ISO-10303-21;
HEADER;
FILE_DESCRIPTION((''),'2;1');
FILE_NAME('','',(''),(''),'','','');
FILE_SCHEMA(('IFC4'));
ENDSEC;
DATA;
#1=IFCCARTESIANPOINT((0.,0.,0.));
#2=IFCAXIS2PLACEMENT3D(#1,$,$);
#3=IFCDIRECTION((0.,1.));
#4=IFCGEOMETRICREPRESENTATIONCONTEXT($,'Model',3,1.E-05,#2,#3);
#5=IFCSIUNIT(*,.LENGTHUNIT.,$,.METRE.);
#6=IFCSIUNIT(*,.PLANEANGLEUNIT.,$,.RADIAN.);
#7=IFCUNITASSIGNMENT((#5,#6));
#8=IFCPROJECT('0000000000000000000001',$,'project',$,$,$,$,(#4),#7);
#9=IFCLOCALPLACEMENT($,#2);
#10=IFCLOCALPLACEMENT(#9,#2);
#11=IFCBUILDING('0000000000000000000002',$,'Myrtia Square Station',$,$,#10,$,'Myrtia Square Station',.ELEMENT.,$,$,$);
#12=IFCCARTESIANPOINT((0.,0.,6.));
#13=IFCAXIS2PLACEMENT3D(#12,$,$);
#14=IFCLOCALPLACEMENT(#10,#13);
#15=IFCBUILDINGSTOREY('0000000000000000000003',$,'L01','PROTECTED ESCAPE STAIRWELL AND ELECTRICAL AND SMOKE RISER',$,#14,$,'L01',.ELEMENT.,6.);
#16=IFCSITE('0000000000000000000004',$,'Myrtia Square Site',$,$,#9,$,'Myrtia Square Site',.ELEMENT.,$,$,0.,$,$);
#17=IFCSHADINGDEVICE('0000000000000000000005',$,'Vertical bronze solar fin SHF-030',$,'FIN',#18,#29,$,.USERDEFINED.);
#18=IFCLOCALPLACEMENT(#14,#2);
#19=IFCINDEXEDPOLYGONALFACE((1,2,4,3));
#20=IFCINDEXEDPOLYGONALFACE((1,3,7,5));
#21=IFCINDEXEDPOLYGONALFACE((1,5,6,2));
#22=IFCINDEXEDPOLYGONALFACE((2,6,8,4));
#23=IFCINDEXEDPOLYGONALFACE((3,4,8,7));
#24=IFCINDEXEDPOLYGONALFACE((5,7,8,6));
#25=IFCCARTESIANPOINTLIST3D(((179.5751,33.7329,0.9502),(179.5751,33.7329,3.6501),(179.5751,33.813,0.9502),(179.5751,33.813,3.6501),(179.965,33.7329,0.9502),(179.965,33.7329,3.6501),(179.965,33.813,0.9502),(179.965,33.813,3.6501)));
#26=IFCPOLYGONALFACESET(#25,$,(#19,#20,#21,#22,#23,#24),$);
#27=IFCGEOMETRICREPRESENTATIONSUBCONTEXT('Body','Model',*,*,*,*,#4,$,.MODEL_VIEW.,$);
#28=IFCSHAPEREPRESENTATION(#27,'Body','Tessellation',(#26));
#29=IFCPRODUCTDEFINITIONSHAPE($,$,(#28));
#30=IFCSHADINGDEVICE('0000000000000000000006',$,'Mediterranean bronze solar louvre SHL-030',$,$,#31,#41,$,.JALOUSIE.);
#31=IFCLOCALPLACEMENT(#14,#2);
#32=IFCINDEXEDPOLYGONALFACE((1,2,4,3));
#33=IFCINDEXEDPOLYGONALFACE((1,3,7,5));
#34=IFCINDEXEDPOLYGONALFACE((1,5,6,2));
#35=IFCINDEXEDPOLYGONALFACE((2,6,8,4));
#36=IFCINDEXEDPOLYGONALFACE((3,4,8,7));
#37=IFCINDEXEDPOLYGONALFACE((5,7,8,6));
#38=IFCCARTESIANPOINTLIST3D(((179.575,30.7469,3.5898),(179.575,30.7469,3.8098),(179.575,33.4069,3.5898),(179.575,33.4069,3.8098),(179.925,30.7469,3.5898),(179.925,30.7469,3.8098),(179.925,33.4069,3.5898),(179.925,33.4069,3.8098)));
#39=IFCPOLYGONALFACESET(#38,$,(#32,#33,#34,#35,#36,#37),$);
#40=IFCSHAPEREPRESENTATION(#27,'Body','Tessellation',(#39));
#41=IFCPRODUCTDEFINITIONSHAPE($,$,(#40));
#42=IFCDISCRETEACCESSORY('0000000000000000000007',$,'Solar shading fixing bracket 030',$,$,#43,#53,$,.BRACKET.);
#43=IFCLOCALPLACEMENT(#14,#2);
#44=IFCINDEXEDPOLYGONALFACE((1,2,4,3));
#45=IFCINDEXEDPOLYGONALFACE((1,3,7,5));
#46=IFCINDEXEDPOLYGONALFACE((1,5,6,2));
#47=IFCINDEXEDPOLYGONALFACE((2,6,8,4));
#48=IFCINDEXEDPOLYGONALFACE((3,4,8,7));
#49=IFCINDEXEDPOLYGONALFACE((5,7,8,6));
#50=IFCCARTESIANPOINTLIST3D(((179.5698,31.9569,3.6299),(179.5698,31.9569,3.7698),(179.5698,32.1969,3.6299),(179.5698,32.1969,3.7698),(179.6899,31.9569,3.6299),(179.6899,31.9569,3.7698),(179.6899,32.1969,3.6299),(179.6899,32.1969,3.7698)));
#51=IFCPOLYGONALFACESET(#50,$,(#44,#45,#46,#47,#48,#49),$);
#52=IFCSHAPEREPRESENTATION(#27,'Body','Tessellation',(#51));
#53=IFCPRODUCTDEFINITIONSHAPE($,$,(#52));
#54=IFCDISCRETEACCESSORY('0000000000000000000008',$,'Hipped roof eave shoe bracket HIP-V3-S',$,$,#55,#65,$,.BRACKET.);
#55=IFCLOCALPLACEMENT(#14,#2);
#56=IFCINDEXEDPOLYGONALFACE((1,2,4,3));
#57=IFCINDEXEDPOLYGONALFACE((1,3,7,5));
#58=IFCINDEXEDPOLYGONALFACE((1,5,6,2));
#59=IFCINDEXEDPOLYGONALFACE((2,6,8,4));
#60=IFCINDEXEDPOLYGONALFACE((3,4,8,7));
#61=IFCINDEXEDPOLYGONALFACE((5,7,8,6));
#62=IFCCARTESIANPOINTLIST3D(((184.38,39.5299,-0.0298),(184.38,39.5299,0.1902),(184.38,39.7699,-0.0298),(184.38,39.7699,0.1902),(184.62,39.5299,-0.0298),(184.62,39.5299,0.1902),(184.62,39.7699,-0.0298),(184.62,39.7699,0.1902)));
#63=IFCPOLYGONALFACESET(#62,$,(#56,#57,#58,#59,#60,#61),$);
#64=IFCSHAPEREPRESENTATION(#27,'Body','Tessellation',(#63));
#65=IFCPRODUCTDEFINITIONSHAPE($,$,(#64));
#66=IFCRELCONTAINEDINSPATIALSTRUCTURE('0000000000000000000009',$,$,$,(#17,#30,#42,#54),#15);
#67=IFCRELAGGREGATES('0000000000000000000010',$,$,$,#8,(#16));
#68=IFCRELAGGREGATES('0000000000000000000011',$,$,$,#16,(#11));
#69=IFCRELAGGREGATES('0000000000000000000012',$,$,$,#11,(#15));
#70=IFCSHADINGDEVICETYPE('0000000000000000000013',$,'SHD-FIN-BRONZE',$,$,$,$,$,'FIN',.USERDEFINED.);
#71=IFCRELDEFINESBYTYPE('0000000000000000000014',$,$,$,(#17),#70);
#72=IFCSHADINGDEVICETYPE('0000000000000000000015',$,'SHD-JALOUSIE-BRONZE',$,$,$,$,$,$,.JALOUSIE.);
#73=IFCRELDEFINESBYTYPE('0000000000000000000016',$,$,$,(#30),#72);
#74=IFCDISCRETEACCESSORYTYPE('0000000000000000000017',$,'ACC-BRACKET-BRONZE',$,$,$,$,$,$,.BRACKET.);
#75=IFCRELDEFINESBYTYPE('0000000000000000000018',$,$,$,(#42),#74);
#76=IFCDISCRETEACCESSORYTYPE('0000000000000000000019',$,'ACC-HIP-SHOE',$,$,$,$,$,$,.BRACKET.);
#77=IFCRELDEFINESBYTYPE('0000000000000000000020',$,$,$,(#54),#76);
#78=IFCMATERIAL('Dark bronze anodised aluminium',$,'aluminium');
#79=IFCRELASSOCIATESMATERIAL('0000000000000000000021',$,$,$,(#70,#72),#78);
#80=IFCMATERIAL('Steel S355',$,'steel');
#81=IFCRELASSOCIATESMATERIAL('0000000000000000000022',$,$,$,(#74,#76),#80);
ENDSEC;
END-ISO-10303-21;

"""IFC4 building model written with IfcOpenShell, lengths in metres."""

from ifc_helpers import new_model, si_unit, direction, frame, origin, origin_2d, place, context, subcontext, project, spatial, rectangle, extrude, material, type_object, element, save


model = new_model("IFC4")

# Units and contexts
model_context = context("Model", 3, precision=1e-05, world=origin(), true_north=direction((0.0, 1.0)))
body_context = subcontext(model_context, "Body", "Model", "MODEL_VIEW")
ifc_project = project(units=[si_unit("LENGTHUNIT", "METRE"), si_unit("PLANEANGLEUNIT", "RADIAN")], contexts=[model_context])

# Site, building, storey
site_placement = place(None, origin())
site = spatial("IfcSite", under=ifc_project, at=site_placement, Name="Myrtia Square Site", LongName="Myrtia Square Site", CompositionType="ELEMENT", RefElevation=0.0)
building_placement = place(site_placement, origin())
building = spatial("IfcBuilding", under=site, at=building_placement, Name="Myrtia Square Station", LongName="Myrtia Square Station", CompositionType="ELEMENT")
storey_placement = place(building_placement, frame((0.0, 0.0, 6.0)))
storey = spatial("IfcBuildingStorey", under=building, at=storey_placement, Name="L01", Description="PROTECTED ESCAPE STAIRWELL AND ELECTRICAL AND SMOKE RISER", LongName="L01", CompositionType="ELEMENT", Elevation=6.0)

# Shared definitions
ifc_material_1 = material(Name="Steel S355", Category="steel")

# Shared definitions
ifc_material_2 = material(Name="Dark bronze anodised aluminium", Category="aluminium")

# Shading devices
shading_device_type_1 = type_object("IfcShadingDeviceType", Name="SHD-FIN-BRONZE", ElementType="FIN", PredefinedType="USERDEFINED", material=ifc_material_2)
shading_device_1_placement = place(storey_placement, frame((179.77, 33.7729, 0.9502), z_axis=(0.0, 0.0, 1.0), x_axis=(0.0, 1.0, 0.0)))
element("IfcShadingDevice", 1, at=shading_device_1_placement, inside=storey, type_object=shading_device_type_1, Name="Vertical bronze solar fin SHF-030", ObjectType="FIN", PredefinedType="USERDEFINED", context=body_context, shape_type="SweptSolid", body=[
    extrude(rectangle(XDim=0.0801, YDim=0.3899, at=origin_2d()), origin(), (0.0, 0.0, 1.0), 2.7),
])
shading_device_type_2 = type_object("IfcShadingDeviceType", Name="SHD-JALOUSIE-BRONZE", PredefinedType="JALOUSIE", material=ifc_material_2)
shading_device_2_placement = place(storey_placement, frame((179.75, 32.0769, 3.5898), z_axis=(0.0, 0.0, 1.0), x_axis=(0.0, 1.0, 0.0)))
element("IfcShadingDevice", 2, at=shading_device_2_placement, inside=storey, type_object=shading_device_type_2, Name="Mediterranean bronze solar louvre SHL-030", PredefinedType="JALOUSIE", context=body_context, shape_type="SweptSolid", body=[
    extrude(rectangle(XDim=2.6599, YDim=0.3501, at=origin_2d()), origin(), (0.0, 0.0, 1.0), 0.22),
])

# Discrete accessories
discrete_accessory_type_1 = type_object("IfcDiscreteAccessoryType", Name="ACC-BRACKET-BRONZE", PredefinedType="BRACKET", material=ifc_material_1)
discrete_accessory_1_placement = place(storey_placement, frame((179.6299, 32.0769, 3.6299), z_axis=(0.0, 0.0, 1.0), x_axis=(0.0, 1.0, 0.0)))
element("IfcDiscreteAccessory", 3, at=discrete_accessory_1_placement, inside=storey, type_object=discrete_accessory_type_1, Name="Solar shading fixing bracket 030", PredefinedType="BRACKET", context=body_context, shape_type="SweptSolid", body=[
    extrude(rectangle(XDim=0.24, YDim=0.1201, at=origin_2d()), origin(), (0.0, 0.0, 1.0), 0.1399),
])
discrete_accessory_type_2 = type_object("IfcDiscreteAccessoryType", Name="ACC-HIP-SHOE", PredefinedType="BRACKET", material=ifc_material_1)
discrete_accessory_2_placement = place(storey_placement, frame((184.5, 39.6499, -0.0298), z_axis=(0.0, 0.0, 1.0), x_axis=(1.0, 0.0, 0.0)))
element("IfcDiscreteAccessory", 4, at=discrete_accessory_2_placement, inside=storey, type_object=discrete_accessory_type_2, Name="Hipped roof eave shoe bracket HIP-V3-S", PredefinedType="BRACKET", context=body_context, shape_type="SweptSolid", body=[
    extrude(rectangle(XDim=0.24, YDim=0.24, at=origin_2d()), origin(), (0.0, 0.0, 1.0), 0.22),
])

save(model, "model.ifc")
